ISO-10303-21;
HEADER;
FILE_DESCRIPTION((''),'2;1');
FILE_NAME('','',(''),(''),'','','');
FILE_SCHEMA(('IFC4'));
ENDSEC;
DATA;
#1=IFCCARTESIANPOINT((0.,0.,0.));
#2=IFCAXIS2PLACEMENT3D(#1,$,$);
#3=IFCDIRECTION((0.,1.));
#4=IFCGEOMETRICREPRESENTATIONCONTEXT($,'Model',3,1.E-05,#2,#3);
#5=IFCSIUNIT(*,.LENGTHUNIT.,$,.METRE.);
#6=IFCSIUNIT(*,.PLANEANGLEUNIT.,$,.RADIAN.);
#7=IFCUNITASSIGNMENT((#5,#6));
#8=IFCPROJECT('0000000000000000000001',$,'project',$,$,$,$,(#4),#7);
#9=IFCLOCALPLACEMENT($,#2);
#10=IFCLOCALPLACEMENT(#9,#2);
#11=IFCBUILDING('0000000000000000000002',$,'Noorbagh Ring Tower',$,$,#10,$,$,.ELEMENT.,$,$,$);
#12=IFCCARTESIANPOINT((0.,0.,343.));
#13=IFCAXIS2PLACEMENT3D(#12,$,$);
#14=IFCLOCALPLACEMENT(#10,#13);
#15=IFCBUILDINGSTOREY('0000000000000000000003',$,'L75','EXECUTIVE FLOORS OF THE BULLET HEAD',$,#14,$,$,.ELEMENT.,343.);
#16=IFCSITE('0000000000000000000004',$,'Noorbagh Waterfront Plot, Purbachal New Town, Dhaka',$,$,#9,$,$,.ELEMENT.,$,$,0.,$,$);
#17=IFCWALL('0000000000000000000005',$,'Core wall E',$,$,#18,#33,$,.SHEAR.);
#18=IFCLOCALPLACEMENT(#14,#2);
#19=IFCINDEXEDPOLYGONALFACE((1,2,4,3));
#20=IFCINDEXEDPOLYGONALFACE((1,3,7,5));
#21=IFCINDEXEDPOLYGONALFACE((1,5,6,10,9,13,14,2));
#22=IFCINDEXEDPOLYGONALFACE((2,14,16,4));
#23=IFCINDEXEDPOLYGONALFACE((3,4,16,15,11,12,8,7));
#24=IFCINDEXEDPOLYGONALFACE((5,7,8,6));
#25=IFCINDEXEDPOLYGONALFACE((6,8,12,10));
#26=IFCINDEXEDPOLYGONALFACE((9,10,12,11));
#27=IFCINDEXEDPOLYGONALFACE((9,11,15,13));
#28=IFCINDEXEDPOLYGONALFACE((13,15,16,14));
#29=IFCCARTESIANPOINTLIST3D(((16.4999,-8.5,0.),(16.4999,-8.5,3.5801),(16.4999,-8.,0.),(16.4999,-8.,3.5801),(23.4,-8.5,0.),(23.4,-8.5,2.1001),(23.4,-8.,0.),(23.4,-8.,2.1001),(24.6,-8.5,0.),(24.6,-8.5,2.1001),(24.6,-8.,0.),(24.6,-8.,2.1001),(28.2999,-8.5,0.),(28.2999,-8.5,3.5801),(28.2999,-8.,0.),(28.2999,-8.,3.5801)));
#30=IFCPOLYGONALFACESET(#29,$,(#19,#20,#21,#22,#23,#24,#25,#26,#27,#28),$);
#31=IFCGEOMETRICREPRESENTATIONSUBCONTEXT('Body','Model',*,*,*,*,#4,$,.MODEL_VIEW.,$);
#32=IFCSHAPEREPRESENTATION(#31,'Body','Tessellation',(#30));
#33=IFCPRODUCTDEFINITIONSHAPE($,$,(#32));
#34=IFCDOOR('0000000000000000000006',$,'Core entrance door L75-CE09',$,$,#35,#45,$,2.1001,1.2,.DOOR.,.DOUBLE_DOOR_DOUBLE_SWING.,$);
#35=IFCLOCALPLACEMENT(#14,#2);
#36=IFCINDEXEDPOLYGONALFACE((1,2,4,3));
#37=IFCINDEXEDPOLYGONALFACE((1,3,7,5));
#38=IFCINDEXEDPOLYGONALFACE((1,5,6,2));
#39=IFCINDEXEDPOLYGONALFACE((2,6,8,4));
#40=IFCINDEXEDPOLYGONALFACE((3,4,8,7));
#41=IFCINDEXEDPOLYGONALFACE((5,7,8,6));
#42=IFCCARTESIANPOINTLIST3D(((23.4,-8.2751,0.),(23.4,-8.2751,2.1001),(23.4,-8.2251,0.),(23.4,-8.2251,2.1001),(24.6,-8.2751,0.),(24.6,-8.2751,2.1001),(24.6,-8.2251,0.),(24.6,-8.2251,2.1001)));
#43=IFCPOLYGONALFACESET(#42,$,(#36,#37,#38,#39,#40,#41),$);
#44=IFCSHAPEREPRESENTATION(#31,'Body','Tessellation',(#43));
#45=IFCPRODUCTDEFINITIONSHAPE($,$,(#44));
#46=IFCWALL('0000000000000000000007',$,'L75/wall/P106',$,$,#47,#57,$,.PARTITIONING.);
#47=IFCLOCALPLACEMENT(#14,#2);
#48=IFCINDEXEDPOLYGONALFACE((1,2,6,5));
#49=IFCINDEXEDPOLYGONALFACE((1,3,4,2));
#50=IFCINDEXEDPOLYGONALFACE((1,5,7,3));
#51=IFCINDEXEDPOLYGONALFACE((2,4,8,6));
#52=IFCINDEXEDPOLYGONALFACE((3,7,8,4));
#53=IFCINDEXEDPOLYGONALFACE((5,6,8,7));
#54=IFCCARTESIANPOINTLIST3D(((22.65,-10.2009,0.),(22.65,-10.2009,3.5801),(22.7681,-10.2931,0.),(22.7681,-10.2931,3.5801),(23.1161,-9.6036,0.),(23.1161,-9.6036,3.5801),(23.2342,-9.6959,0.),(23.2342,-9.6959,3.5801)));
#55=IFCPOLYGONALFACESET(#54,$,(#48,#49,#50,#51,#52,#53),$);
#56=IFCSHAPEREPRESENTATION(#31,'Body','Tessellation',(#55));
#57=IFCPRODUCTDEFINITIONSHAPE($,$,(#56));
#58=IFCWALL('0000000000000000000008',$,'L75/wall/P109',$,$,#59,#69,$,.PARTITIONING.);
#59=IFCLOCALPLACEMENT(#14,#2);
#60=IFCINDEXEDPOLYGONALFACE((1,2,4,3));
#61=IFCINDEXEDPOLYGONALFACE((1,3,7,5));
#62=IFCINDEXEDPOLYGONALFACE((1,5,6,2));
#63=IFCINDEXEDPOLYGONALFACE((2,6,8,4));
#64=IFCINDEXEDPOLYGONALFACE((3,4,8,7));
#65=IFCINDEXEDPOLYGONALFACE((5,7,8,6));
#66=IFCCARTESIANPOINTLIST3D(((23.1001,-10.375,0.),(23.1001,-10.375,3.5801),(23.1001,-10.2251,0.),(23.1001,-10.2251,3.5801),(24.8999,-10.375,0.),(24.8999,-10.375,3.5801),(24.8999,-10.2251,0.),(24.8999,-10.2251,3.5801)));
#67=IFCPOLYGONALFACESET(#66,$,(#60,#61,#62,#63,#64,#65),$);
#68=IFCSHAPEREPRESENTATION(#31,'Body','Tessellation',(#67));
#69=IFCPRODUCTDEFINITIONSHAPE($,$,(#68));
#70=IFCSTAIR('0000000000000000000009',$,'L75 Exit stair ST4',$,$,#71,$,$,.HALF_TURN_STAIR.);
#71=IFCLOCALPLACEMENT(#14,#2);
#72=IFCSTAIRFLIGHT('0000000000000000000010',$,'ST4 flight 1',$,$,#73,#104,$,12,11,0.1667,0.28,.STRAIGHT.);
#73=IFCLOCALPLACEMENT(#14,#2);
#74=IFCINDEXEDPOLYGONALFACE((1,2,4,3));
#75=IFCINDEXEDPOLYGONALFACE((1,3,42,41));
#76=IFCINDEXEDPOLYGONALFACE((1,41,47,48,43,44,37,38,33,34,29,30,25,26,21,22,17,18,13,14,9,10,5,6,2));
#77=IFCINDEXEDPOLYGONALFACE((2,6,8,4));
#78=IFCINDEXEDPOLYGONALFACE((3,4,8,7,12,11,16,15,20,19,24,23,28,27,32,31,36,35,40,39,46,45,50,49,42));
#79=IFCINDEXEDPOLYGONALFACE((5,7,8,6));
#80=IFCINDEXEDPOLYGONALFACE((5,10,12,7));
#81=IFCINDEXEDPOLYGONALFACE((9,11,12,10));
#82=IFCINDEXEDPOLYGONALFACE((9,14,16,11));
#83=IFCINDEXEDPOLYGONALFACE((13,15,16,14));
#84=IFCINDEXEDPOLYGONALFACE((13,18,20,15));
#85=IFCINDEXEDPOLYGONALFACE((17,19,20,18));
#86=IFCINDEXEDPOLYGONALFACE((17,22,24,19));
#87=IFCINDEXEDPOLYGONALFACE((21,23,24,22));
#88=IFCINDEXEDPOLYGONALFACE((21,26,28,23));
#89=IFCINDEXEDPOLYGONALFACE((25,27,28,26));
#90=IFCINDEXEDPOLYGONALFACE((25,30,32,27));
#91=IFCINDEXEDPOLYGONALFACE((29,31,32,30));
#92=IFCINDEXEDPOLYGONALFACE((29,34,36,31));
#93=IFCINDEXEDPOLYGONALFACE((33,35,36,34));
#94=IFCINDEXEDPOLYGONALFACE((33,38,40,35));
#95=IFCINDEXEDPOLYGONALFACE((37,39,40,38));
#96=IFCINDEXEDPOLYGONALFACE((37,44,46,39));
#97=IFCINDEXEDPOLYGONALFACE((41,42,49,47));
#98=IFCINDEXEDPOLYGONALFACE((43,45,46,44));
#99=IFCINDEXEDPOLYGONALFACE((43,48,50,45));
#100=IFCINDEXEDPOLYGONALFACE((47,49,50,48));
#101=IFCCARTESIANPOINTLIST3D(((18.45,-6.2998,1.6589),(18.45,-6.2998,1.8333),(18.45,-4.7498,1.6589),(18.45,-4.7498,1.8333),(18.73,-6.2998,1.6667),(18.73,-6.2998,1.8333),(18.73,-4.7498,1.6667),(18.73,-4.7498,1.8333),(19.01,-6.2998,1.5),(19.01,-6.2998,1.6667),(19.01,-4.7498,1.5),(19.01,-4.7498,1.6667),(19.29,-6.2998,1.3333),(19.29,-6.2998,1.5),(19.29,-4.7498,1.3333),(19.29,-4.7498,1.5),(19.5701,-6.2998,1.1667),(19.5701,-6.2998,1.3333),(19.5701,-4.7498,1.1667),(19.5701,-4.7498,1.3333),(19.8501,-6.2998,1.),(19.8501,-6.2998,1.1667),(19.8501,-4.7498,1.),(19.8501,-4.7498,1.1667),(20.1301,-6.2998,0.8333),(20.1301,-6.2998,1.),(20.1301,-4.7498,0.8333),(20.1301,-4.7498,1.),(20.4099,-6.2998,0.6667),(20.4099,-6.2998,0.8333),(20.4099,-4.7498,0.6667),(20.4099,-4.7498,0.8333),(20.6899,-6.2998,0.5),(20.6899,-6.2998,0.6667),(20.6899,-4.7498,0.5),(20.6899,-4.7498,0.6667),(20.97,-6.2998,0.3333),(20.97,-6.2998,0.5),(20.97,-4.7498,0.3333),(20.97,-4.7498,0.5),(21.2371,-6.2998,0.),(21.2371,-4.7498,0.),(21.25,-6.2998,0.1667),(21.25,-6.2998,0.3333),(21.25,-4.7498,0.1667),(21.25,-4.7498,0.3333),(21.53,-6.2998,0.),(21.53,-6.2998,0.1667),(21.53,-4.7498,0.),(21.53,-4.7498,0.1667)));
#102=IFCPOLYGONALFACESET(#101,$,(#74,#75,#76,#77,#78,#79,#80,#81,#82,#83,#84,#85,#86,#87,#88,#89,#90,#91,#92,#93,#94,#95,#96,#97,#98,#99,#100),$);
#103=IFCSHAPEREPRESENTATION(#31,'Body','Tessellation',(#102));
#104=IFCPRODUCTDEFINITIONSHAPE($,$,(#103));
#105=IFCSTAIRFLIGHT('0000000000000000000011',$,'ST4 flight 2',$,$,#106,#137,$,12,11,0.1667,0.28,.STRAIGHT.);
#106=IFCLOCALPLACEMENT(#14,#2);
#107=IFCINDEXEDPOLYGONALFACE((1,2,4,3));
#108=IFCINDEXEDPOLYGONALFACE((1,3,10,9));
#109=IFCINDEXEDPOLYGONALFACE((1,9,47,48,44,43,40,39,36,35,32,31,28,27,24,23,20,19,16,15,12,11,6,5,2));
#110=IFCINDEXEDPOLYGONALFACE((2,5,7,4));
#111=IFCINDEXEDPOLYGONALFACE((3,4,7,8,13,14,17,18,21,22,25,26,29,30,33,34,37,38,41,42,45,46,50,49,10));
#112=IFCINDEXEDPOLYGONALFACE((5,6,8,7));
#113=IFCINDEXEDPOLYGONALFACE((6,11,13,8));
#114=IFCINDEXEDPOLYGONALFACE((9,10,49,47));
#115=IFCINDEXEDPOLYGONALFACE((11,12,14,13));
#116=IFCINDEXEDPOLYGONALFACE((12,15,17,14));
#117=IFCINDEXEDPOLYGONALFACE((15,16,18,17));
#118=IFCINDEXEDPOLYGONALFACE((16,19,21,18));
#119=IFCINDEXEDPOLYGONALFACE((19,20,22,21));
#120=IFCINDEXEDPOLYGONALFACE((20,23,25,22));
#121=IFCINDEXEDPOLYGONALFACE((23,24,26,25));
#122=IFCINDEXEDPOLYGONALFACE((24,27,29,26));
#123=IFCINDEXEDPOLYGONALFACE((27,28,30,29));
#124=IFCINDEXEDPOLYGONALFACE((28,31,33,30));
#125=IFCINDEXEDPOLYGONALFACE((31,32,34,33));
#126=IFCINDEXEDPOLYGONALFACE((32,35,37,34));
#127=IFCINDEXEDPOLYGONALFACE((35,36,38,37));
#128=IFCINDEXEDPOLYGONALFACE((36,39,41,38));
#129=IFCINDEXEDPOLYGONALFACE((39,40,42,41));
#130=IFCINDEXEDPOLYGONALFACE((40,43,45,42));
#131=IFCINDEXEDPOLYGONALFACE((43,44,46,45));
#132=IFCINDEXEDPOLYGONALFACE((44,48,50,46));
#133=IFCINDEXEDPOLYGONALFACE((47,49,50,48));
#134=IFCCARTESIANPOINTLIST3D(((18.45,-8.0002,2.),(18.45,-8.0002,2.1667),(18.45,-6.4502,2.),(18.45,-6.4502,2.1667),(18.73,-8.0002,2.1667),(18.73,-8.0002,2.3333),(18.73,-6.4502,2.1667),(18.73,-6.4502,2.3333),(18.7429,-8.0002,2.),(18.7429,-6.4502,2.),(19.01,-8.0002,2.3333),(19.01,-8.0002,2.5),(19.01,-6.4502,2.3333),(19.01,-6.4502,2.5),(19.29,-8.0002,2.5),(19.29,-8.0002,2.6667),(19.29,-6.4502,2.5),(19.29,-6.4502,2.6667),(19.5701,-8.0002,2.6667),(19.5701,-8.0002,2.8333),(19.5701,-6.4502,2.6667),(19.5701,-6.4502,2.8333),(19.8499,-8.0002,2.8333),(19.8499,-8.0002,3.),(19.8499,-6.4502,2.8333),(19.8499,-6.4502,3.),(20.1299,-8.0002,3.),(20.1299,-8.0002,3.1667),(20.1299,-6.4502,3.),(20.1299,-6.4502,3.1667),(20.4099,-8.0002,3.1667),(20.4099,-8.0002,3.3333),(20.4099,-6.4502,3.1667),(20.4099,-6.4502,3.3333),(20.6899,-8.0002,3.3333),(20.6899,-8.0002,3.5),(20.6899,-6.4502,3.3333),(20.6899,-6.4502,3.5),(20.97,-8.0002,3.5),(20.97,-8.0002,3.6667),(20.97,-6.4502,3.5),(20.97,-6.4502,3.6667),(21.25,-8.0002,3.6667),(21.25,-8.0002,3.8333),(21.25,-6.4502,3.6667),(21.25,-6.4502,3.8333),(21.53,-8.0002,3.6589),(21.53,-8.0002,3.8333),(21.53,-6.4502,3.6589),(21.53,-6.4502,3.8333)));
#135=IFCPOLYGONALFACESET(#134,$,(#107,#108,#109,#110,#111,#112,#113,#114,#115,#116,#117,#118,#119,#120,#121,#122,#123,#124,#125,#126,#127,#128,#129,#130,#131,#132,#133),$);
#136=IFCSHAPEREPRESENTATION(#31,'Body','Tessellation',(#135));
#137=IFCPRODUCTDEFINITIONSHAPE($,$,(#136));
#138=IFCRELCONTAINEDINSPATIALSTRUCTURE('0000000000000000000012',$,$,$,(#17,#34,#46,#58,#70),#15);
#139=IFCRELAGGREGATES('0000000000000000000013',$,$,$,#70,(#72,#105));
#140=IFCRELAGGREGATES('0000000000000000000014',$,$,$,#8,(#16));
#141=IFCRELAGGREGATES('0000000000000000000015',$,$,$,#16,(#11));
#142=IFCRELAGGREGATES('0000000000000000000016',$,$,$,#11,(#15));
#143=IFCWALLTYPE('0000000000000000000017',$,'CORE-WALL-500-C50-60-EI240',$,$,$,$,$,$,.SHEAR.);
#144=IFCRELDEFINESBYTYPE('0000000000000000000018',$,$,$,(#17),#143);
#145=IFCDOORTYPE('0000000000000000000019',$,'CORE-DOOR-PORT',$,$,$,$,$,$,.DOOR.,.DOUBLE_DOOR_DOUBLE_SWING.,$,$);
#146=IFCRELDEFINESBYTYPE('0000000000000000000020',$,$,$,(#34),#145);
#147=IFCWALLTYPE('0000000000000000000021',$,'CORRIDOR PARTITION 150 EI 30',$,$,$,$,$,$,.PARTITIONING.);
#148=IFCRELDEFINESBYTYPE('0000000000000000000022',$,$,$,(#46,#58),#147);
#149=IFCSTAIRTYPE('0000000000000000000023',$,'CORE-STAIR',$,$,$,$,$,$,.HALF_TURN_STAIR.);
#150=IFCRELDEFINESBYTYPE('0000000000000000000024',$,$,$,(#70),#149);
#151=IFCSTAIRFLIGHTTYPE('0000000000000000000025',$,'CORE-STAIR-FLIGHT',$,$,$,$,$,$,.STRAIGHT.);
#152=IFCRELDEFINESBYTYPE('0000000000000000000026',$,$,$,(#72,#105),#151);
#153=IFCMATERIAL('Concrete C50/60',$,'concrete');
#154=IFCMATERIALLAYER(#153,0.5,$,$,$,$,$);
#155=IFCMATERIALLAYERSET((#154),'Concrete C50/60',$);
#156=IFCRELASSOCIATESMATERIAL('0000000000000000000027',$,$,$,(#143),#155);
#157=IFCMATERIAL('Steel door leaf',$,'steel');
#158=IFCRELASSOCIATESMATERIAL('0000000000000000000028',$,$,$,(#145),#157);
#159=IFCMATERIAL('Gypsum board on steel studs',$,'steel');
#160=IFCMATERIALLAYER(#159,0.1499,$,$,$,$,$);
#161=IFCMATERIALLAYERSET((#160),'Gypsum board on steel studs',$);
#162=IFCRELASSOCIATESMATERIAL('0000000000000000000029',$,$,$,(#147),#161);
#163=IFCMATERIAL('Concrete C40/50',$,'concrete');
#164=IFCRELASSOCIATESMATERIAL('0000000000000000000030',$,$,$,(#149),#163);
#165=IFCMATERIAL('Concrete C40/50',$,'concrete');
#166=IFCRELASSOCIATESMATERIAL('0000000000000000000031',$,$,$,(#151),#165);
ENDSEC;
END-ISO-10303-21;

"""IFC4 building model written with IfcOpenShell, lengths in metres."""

from ifc_helpers import new_model, si_unit, direction, frame, frame_2d, origin, place, context, subcontext, project, spatial, polyline, rectangle, outline, extrude, material, layer, layer_set, type_object, element, fill, aggregate, save


model = new_model("IFC4")

# Units and contexts
model_context = context("Model", 3, precision=1e-05, world=origin(), true_north=direction((0.0, 1.0)))
body_context = subcontext(model_context, "Body", "Model", "MODEL_VIEW")
ifc_project = project(units=[si_unit("LENGTHUNIT", "METRE"), si_unit("PLANEANGLEUNIT", "RADIAN")], contexts=[model_context])

# Site, building, storey
site_placement = place(None, origin())
site = spatial("IfcSite", under=ifc_project, at=site_placement, Name="Noorbagh Waterfront Plot, Purbachal New Town, Dhaka", CompositionType="ELEMENT", RefElevation=0.0)
building_placement = place(site_placement, origin())
building = spatial("IfcBuilding", under=site, at=building_placement, Name="Noorbagh Ring Tower", CompositionType="ELEMENT")
storey_placement = place(building_placement, frame((0.0, 0.0, 343.0)))
storey = spatial("IfcBuildingStorey", under=building, at=storey_placement, Name="L75", Description="EXECUTIVE FLOORS OF THE BULLET HEAD", CompositionType="ELEMENT", Elevation=343.0)

# Wall, opening, door
ifc_material_1 = material(Name="Concrete C50/60", Category="concrete")
ifc_layer_1 = layer(ifc_material_1, 0.5)
ifc_layer_set_1 = layer_set([ifc_layer_1], Name="Concrete C50/60")
wall_type_1 = type_object("IfcWallType", Name="CORE-WALL-500-C50-60-EI240", PredefinedType="SHEAR", material=ifc_layer_set_1)
wall_1_placement = place(storey_placement, frame((16.5, -8.25, 0.0), z_axis=(0.0, 0.0, 1.0), x_axis=(1.0, 0.0, 0.0)))
wall_1 = element("IfcWall", 1, at=wall_1_placement, inside=storey, type_object=wall_type_1, Name="Core wall E", PredefinedType="SHEAR", context=body_context, shape_type="SweptSolid", body=[
    extrude(rectangle(XDim=11.8, YDim=0.5, at=frame_2d((5.8999, 0.0))), origin(), (0.0, 0.0, 1.0), 3.5801),
])
opening_1_placement = place(wall_1_placement, frame((6.8999, 0.0, 0.0)))
opening_1 = element("IfcOpeningElement", 2, at=opening_1_placement, cuts=wall_1, PredefinedType="OPENING", context=body_context, shape_type="SweptSolid", body=[
    extrude(rectangle(XDim=1.2, YDim=2.1001, at=frame_2d((0.6001, 1.05))), frame((0.0, 0.26, 0.0), z_axis=(0.0, -1.0, 0.0), x_axis=(1.0, 0.0, 0.0)), (0.0, 0.0, 1.0), 0.52),
])
ifc_material_2 = material(Name="Steel door leaf", Category="steel")
door_type_1 = type_object("IfcDoorType", Name="CORE-DOOR-PORT", OperationType="DOUBLE_DOOR_DOUBLE_SWING", PredefinedType="DOOR", material=ifc_material_2)
door_1_placement = place(opening_1_placement, origin())
door_1 = element("IfcDoor", 3, at=door_1_placement, inside=storey, type_object=door_type_1, Name="Core entrance door L75-CE09", OperationType="DOUBLE_DOOR_DOUBLE_SWING", OverallHeight=2.1001, OverallWidth=1.2, PredefinedType="DOOR", context=body_context, shape_type="SweptSolid", body=[
    extrude(rectangle(XDim=1.2, YDim=2.1001, at=frame_2d((0.6001, 1.05))), frame((0.0, 0.0249, 0.0), z_axis=(0.0, -1.0, 0.0), x_axis=(1.0, 0.0, 0.0)), (0.0, 0.0, 1.0), 0.05),
])
fill(opening_1, door_1)

# Walls
ifc_material_3 = material(Name="Gypsum board on steel studs", Category="steel")
ifc_layer_2 = layer(ifc_material_3, 0.1499)
ifc_layer_set_2 = layer_set([ifc_layer_2], Name="Gypsum board on steel studs")
wall_type_2 = type_object("IfcWallType", Name="CORRIDOR PARTITION 150 EI 30", PredefinedType="PARTITIONING", material=ifc_layer_set_2)
wall_2_placement = place(storey_placement, frame((22.709, -10.2471, 0.0), z_axis=(0.0, 0.0, 1.0), x_axis=(0.615256, 0.788327, 0.0)))
element("IfcWall", 4, at=wall_2_placement, inside=storey, type_object=wall_type_2, Name="L75/wall/P106", PredefinedType="PARTITIONING", context=body_context, shape_type="SweptSolid", body=[
    extrude(rectangle(XDim=0.7576, YDim=0.1499, at=frame_2d((0.3789, 0.0))), origin(), (0.0, 0.0, 1.0), 3.5801),
])
wall_3_placement = place(storey_placement, frame((23.1001, -10.3, 0.0), z_axis=(0.0, 0.0, 1.0), x_axis=(1.0, 0.0, 0.0)))
element("IfcWall", 5, at=wall_3_placement, inside=storey, type_object=wall_type_2, Name="L75/wall/P109", PredefinedType="PARTITIONING", context=body_context, shape_type="SweptSolid", body=[
    extrude(rectangle(XDim=1.7998, YDim=0.1499, at=frame_2d((0.8999, 0.0))), origin(), (0.0, 0.0, 1.0), 3.5801),
])

# Stair, stair flights
ifc_material_4 = material(Name="Concrete C40/50", Category="concrete")
stair_type = type_object("IfcStairType", Name="CORE-STAIR", PredefinedType="HALF_TURN_STAIR", material=ifc_material_4)
stair_placement = place(storey_placement, origin())
stair = element("IfcStair", 6, at=stair_placement, inside=storey, type_object=stair_type, Name="L75 Exit stair ST4", PredefinedType="HALF_TURN_STAIR")
ifc_material_5 = material(Name="Concrete C40/50", Category="concrete")
stair_flight_type = type_object("IfcStairFlightType", Name="CORE-STAIR-FLIGHT", PredefinedType="STRAIGHT", material=ifc_material_5)
stair_flight_1_placement = place(storey_placement, frame((21.53, -5.5249, 0.0), z_axis=(0.0, 0.0, 1.0), x_axis=(-1.0, 0.0, 0.0)))
stair_flight_1 = element("IfcStairFlight", 7, at=stair_flight_1_placement, type_object=stair_flight_type, Name="ST4 flight 1", NumberOfRisers=12, NumberOfTreads=11, PredefinedType="STRAIGHT", RiserHeight=0.1667, TreadLength=0.28, context=body_context, shape_type="SweptSolid", body=[
    extrude(outline(polyline([(0.0, 0.0), (0.0, 0.1667), (0.28, 0.1667), (0.28, 0.3333), (0.5601, 0.3333), (0.5601, 0.5), (0.8401, 0.5), (0.8401, 0.6667), (1.1201, 0.6667), (1.1201, 0.8333), (1.3999, 0.8333), (1.3999, 1.0), (1.6799, 1.0), (1.6799, 1.1667), (1.96, 1.1667), (1.96, 1.3333), (2.24, 1.3333), (2.24, 1.5), (2.52, 1.5), (2.52, 1.6667), (2.8, 1.6667), (2.8, 1.8333), (3.0801, 1.8333), (3.0801, 2.0), (3.0801, 1.6589), (0.293, 0.0), (0.0, 0.0)])), frame((0.0, 0.7749, 0.0), z_axis=(0.0, -1.0, 0.0), x_axis=(1.0, 0.0, 0.0)), (0.0, 0.0, 1.0), 1.55),
])
stair_flight_2_placement = place(storey_placement, frame((18.45, -7.2251, 2.0), z_axis=(0.0, 0.0, 1.0), x_axis=(1.0, 0.0, 0.0)))
stair_flight_2 = element("IfcStairFlight", 8, at=stair_flight_2_placement, type_object=stair_flight_type, Name="ST4 flight 2", NumberOfRisers=12, NumberOfTreads=11, PredefinedType="STRAIGHT", RiserHeight=0.1667, TreadLength=0.28, context=body_context, shape_type="SweptSolid", body=[
    extrude(outline(polyline([(0.0, 0.0), (0.0, 0.1667), (0.28, 0.1667), (0.28, 0.3333), (0.5601, 0.3333), (0.5601, 0.5), (0.8401, 0.5), (0.8401, 0.6667), (1.1201, 0.6667), (1.1201, 0.8333), (1.3999, 0.8333), (1.3999, 1.0), (1.6799, 1.0), (1.6799, 1.1667), (1.96, 1.1667), (1.96, 1.3333), (2.24, 1.3333), (2.24, 1.5), (2.52, 1.5), (2.52, 1.6667), (2.8, 1.6667), (2.8, 1.8333), (3.0801, 1.8333), (3.0801, 2.0), (3.0801, 1.6589), (0.293, 0.0), (0.0, 0.0)])), frame((0.0, 0.7749, 0.0), z_axis=(0.0, -1.0, 0.0), x_axis=(1.0, 0.0, 0.0)), (0.0, 0.0, 1.0), 1.55),
])
aggregate(stair, [stair_flight_1, stair_flight_2])

save(model, "model.ifc")
